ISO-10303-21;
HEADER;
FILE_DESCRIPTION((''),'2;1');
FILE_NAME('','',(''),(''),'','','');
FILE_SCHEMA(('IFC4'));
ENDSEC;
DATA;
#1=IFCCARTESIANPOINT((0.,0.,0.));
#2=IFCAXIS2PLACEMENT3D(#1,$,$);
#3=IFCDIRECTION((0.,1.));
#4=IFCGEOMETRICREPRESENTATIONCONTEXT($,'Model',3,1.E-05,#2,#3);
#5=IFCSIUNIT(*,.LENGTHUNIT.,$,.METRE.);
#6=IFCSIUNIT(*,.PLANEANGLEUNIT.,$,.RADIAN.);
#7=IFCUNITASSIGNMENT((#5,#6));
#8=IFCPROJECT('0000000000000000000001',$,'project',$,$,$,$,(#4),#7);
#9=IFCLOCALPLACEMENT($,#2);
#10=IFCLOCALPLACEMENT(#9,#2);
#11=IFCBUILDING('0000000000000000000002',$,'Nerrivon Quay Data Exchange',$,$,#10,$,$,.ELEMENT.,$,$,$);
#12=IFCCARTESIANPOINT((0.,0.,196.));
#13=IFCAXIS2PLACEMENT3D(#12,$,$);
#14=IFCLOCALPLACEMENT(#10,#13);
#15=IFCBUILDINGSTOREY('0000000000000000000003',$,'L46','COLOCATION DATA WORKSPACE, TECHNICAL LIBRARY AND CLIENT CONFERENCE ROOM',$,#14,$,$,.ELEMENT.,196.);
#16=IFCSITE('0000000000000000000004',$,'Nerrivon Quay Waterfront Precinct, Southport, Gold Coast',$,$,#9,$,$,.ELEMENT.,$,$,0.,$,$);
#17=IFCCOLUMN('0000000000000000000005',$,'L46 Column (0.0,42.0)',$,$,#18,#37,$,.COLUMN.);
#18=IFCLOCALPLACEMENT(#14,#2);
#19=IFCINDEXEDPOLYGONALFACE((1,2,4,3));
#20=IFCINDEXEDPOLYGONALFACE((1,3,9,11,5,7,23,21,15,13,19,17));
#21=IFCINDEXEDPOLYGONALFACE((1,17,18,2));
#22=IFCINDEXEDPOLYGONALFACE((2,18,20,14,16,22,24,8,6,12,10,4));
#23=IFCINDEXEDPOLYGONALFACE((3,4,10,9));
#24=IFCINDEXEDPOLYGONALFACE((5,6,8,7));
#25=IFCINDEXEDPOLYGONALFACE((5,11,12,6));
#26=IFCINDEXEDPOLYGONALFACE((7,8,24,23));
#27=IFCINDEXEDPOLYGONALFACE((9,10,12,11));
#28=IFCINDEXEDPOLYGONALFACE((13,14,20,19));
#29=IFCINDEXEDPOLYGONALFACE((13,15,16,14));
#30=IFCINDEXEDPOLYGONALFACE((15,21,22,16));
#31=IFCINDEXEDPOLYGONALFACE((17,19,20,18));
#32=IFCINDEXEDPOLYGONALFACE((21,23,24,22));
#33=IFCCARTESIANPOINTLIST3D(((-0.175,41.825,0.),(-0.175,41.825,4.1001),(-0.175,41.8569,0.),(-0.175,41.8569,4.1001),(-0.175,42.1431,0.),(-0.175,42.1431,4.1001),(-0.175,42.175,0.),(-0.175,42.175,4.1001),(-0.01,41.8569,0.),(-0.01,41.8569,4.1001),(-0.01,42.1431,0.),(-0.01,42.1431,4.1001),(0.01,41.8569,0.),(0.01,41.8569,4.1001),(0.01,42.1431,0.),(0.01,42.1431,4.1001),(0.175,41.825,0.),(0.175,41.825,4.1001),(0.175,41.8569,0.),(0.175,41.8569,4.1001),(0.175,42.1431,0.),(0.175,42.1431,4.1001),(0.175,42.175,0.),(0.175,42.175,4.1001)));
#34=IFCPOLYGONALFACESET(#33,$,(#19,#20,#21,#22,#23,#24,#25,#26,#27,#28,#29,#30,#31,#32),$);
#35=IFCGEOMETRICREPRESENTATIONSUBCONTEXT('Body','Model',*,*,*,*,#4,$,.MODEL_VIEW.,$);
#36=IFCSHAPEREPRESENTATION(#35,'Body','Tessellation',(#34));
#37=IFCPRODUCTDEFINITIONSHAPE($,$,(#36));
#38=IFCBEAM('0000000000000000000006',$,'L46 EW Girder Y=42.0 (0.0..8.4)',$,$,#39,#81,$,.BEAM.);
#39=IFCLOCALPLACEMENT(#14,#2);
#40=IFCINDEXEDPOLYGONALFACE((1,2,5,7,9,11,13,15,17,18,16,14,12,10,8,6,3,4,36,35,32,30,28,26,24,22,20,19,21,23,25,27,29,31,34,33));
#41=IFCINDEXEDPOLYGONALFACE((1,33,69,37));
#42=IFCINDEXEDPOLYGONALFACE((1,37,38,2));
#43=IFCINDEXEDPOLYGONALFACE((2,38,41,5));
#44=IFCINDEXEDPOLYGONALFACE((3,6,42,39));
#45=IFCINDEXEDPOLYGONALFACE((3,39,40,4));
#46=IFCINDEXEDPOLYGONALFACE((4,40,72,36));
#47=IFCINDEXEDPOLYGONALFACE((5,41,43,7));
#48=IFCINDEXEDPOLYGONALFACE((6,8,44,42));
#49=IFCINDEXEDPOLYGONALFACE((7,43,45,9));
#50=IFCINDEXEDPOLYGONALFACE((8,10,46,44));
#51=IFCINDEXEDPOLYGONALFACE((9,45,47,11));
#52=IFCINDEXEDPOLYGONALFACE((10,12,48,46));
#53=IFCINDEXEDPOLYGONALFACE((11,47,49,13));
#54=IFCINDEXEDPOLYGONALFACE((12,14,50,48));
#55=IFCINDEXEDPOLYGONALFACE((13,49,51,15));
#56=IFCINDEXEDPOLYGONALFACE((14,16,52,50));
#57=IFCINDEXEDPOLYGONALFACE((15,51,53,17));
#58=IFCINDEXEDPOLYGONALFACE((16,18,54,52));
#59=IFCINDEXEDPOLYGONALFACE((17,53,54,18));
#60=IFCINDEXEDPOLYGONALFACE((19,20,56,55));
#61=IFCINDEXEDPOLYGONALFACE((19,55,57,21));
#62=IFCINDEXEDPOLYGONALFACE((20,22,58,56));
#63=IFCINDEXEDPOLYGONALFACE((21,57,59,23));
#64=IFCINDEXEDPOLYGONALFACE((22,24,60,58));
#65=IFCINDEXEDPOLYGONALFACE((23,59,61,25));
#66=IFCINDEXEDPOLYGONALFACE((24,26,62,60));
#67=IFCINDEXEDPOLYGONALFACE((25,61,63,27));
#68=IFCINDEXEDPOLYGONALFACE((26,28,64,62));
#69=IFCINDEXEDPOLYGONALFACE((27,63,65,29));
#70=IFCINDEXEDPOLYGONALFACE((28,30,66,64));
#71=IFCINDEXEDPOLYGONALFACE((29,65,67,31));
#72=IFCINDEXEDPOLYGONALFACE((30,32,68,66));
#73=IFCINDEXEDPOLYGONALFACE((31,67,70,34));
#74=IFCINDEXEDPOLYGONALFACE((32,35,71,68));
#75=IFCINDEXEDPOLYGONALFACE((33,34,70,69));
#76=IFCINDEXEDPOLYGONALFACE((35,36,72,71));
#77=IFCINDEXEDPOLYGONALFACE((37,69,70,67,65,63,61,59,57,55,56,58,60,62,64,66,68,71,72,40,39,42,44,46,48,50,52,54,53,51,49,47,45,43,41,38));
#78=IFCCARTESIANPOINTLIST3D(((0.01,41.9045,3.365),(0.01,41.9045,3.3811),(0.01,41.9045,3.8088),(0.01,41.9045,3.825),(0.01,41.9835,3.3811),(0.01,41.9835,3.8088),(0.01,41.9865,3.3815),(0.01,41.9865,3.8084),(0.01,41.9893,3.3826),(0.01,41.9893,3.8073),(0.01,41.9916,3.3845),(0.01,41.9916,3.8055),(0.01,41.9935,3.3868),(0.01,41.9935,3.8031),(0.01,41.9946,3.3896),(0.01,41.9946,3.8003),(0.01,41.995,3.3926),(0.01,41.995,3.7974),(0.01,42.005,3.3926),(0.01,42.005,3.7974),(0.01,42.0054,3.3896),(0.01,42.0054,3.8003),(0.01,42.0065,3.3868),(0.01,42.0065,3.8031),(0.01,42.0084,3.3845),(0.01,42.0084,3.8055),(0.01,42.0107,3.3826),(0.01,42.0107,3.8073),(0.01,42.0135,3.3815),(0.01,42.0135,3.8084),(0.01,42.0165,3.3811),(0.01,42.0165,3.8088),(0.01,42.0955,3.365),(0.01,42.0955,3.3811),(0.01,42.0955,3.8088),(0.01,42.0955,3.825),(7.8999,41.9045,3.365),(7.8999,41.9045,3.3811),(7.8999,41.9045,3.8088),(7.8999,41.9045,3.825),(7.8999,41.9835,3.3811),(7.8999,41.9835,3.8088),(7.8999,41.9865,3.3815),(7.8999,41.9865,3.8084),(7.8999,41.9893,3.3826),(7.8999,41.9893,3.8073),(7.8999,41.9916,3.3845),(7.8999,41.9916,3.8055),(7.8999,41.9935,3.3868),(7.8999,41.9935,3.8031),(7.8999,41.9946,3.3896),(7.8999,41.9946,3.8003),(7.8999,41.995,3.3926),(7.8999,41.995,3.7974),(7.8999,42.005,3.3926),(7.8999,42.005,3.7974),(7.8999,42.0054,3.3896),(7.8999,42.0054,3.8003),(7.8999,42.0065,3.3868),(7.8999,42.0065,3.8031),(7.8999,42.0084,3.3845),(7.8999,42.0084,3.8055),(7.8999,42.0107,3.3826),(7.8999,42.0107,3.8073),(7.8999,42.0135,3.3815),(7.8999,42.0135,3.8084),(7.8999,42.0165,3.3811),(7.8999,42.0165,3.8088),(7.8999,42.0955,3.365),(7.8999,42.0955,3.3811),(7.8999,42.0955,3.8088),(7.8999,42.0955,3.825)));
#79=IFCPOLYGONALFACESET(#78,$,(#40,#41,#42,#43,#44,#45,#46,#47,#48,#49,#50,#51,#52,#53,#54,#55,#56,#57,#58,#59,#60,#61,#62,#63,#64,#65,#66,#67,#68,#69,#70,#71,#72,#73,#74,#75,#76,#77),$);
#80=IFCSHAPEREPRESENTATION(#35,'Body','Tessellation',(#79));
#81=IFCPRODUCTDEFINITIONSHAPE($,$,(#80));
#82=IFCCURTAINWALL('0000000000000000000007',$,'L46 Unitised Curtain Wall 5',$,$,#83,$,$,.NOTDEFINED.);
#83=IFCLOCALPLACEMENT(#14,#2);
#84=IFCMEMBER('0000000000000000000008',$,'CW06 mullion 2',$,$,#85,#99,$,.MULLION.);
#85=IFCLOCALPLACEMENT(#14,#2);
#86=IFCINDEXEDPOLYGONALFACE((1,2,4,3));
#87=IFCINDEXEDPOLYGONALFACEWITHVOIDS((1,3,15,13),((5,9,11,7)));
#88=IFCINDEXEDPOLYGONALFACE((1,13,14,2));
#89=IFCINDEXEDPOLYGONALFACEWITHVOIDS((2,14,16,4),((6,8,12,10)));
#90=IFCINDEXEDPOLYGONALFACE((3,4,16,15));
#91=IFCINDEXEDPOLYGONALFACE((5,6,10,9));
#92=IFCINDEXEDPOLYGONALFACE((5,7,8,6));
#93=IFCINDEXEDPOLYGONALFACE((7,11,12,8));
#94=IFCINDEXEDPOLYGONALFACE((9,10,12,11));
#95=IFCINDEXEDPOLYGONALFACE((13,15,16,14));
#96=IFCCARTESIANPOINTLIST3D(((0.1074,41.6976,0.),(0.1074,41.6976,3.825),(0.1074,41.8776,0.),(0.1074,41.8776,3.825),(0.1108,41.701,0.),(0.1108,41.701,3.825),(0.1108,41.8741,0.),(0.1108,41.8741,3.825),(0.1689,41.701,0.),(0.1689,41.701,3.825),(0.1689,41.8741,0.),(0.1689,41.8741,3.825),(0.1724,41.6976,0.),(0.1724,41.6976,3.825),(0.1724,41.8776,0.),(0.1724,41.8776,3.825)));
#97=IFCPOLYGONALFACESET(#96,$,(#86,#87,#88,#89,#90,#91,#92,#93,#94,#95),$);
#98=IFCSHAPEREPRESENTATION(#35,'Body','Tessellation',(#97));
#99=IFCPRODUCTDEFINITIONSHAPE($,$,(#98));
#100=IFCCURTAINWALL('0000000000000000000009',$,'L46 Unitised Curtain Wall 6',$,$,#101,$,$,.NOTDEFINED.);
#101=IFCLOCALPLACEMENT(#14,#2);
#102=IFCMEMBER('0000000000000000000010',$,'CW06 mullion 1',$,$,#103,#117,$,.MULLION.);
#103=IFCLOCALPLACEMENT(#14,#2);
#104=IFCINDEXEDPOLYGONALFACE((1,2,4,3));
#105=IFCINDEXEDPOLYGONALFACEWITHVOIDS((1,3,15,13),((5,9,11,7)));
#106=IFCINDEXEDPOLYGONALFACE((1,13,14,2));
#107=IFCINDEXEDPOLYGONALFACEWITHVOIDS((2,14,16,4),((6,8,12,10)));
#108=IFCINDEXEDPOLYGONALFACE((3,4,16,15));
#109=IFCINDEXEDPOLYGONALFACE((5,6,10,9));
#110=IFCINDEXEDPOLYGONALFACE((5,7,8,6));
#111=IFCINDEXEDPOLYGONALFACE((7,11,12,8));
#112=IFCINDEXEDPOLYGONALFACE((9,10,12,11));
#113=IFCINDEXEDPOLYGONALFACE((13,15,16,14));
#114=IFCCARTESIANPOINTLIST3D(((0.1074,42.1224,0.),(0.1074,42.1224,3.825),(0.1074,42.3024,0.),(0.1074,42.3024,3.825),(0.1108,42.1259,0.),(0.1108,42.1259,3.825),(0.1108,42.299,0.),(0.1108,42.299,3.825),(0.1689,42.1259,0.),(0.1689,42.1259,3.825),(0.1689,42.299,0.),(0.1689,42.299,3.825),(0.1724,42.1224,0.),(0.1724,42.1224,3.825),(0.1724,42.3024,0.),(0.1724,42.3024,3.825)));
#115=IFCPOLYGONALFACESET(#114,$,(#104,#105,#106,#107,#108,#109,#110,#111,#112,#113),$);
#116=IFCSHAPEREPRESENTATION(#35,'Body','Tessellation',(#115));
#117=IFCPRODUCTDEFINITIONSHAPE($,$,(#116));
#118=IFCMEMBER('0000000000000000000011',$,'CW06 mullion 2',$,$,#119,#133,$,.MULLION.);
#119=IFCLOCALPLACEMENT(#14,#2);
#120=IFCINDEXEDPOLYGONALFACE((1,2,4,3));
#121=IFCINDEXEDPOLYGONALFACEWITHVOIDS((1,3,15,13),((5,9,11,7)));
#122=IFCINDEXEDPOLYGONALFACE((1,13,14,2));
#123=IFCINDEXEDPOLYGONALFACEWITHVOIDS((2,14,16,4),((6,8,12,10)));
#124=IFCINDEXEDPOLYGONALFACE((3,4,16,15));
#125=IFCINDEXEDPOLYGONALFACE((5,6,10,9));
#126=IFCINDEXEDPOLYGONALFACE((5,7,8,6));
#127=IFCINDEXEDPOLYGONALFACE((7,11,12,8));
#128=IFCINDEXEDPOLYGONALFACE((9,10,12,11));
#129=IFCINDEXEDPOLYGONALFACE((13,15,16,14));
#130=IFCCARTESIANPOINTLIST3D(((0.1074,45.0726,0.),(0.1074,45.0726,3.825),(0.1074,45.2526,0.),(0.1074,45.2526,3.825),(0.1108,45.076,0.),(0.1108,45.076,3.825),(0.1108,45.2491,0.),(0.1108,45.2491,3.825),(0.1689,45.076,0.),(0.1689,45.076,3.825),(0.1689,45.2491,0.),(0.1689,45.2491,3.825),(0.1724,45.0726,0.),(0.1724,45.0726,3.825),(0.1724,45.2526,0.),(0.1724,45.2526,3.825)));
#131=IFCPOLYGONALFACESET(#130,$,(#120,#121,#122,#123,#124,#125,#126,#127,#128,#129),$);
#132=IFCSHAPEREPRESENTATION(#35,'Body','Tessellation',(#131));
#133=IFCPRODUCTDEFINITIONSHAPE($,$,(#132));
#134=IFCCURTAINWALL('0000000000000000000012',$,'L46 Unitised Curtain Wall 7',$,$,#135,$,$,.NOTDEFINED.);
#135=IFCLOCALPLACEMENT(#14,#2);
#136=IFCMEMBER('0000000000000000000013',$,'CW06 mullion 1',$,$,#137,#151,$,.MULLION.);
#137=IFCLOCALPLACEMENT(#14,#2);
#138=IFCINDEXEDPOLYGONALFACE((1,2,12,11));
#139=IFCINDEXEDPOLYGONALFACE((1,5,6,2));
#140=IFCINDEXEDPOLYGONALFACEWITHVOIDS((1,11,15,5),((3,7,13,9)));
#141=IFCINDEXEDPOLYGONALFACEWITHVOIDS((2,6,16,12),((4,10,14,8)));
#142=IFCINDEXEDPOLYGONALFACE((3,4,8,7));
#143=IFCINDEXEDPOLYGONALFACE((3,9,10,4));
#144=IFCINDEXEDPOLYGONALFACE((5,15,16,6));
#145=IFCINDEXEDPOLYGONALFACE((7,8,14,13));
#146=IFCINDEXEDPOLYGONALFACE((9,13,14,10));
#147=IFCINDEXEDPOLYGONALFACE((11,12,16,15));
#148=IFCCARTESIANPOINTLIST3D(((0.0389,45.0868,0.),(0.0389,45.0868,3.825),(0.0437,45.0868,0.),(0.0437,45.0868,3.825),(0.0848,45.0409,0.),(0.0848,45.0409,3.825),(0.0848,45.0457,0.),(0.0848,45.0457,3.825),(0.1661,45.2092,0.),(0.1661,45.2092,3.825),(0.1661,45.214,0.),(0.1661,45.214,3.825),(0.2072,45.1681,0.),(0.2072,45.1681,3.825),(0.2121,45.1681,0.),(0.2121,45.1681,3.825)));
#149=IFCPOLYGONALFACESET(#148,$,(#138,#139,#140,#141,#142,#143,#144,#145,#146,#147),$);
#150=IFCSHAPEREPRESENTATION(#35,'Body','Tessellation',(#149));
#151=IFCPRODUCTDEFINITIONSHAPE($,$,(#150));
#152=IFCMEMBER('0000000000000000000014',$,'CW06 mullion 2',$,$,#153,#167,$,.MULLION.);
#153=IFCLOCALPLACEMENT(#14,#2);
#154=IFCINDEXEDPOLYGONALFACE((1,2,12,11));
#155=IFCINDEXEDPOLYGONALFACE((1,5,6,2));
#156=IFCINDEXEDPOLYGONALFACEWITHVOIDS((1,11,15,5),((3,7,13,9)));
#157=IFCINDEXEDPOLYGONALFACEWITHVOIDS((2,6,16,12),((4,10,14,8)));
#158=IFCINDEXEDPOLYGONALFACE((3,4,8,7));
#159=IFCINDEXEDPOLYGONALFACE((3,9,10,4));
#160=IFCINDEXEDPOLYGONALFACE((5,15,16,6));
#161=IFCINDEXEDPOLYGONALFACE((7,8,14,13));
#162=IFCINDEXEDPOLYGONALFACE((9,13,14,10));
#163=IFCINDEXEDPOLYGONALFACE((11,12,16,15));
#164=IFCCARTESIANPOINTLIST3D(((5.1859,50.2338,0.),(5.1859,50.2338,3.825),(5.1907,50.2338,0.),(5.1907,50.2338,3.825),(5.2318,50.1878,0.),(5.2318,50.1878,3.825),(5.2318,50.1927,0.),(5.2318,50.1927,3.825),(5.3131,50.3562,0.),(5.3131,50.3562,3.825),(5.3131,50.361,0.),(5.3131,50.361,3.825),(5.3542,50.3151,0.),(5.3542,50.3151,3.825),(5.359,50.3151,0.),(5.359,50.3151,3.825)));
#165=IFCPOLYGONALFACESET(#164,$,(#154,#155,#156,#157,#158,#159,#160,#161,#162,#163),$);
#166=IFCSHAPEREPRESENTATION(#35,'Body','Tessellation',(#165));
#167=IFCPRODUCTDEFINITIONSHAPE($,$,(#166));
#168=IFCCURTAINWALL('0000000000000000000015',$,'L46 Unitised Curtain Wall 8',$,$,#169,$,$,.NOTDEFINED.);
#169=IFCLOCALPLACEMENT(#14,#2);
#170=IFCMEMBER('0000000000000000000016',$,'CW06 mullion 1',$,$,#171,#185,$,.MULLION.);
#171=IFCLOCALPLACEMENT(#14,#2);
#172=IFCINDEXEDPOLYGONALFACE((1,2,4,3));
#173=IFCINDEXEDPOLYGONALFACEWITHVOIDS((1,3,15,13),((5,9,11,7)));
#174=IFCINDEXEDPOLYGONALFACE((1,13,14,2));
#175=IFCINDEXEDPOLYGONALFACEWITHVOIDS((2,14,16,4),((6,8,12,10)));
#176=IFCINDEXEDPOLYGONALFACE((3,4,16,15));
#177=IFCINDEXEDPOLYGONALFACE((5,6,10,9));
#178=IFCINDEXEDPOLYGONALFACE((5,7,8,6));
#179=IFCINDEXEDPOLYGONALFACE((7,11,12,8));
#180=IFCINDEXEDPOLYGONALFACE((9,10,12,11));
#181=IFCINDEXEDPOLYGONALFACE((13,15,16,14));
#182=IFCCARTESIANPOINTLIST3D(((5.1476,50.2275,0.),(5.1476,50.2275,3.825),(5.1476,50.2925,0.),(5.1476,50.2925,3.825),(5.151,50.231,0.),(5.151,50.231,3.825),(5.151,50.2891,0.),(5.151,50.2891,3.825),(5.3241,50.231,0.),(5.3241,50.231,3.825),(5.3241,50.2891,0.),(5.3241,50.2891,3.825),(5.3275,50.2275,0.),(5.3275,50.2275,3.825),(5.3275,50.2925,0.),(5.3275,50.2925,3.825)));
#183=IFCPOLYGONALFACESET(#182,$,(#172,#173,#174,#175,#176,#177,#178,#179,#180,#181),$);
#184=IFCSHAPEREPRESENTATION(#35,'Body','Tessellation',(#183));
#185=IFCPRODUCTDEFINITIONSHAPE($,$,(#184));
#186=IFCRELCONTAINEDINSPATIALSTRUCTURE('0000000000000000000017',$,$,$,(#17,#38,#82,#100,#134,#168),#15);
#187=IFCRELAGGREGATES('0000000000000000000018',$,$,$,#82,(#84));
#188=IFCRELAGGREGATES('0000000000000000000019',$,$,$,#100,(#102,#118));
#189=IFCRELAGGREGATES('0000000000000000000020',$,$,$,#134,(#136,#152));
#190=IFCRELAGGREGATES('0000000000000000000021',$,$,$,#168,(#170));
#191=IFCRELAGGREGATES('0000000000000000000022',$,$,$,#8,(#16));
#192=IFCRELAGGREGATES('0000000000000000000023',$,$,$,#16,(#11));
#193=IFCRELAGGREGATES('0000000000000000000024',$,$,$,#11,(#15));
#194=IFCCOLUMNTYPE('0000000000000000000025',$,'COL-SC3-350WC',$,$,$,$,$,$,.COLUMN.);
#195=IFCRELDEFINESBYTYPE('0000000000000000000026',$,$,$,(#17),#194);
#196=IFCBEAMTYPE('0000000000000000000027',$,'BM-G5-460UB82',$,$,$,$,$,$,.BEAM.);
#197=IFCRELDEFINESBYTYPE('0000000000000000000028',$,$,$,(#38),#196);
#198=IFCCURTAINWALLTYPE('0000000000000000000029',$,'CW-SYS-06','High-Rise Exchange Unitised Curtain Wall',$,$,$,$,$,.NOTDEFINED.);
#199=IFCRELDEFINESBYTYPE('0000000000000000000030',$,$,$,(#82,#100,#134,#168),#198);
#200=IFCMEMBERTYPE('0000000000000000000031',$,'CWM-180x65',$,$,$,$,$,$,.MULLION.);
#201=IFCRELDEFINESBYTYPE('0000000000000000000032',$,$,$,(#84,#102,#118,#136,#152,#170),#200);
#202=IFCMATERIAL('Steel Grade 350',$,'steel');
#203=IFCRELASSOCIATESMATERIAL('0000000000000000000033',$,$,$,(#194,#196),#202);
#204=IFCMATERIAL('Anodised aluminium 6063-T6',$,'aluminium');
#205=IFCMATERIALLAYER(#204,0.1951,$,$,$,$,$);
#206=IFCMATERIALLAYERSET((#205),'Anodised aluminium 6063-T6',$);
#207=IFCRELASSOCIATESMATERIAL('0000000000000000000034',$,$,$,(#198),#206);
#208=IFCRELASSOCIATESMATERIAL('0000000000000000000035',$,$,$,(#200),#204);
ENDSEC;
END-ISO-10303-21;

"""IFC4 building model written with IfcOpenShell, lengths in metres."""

from ifc_helpers import new_model, si_unit, direction, frame, origin, origin_2d, place, context, subcontext, project, spatial, hollow_rectangle, i_section, extrude, material, layer, layer_set, material_profile, profile_set, type_object, element, aggregate, save


model = new_model("IFC4")

# Units and contexts
model_context = context("Model", 3, precision=1e-05, world=origin(), true_north=direction((0.0, 1.0)))
body_context = subcontext(model_context, "Body", "Model", "MODEL_VIEW")
ifc_project = project(units=[si_unit("LENGTHUNIT", "METRE"), si_unit("PLANEANGLEUNIT", "RADIAN")], contexts=[model_context])

# Site, building, storey
site_placement = place(None, origin())
site = spatial("IfcSite", under=ifc_project, at=site_placement, Name="Nerrivon Quay Waterfront Precinct, Southport, Gold Coast", CompositionType="ELEMENT", RefElevation=0.0)
building_placement = place(site_placement, origin())
building = spatial("IfcBuilding", under=site, at=building_placement, Name="Nerrivon Quay Data Exchange", CompositionType="ELEMENT")
storey_placement = place(building_placement, frame((0.0, 0.0, 196.0)))
storey = spatial("IfcBuildingStorey", under=building, at=storey_placement, Name="L46", Description="COLOCATION DATA WORKSPACE, TECHNICAL LIBRARY AND CLIENT CONFERENCE ROOM", CompositionType="ELEMENT", Elevation=196.0)

# Column
ifc_material_1 = material(Name="Steel Grade 350", Category="steel")
ifc_material_profile_1 = material_profile(ifc_material_1, i_section(OverallWidth=0.3501, OverallDepth=0.3501, WebThickness=0.02, FlangeThickness=0.032, at=origin_2d()), Name="350WC230")
ifc_profile_set_1 = profile_set([ifc_material_profile_1], Name="Steel Grade 350")
column_type = type_object("IfcColumnType", Name="COL-SC3-350WC", PredefinedType="COLUMN", material=ifc_profile_set_1)
column_placement = place(storey_placement, frame((0.0, 42.0, 0.0), z_axis=(0.0, 0.0, 1.0), x_axis=(1.0, 0.0, 0.0)))
element("IfcColumn", 1, at=column_placement, inside=storey, type_object=column_type, Name="L46 Column (0.0,42.0)", PredefinedType="COLUMN", context=body_context, shape_type="SweptSolid", body=[
    extrude(i_section(OverallWidth=0.3501, OverallDepth=0.3501, WebThickness=0.02, FlangeThickness=0.032, at=origin_2d()), origin(), (0.0, 0.0, 1.0), 4.1001),
])

# Beam
ifc_material_profile_2 = material_profile(ifc_material_1, i_section(OverallWidth=0.1909, OverallDepth=0.46, WebThickness=0.01, FlangeThickness=0.0161, FilletRadius=0.0115, at=origin_2d()), Name="460UB82.1")
ifc_profile_set_2 = profile_set([ifc_material_profile_2], Name="Steel Grade 350")
beam_type = type_object("IfcBeamType", Name="BM-G5-460UB82", PredefinedType="BEAM", material=ifc_profile_set_2)
beam_placement = place(storey_placement, frame((0.01, 42.0, 3.595), z_axis=(1.0, 0.0, 0.0), x_axis=(0.0, 1.0, 0.0)))
element("IfcBeam", 2, at=beam_placement, inside=storey, type_object=beam_type, Name="L46 EW Girder Y=42.0 (0.0..8.4)", PredefinedType="BEAM", context=body_context, shape_type="SweptSolid", body=[
    extrude(i_section(OverallWidth=0.1909, OverallDepth=0.46, WebThickness=0.01, FlangeThickness=0.0161, FilletRadius=0.0115, at=origin_2d()), origin(), (0.0, 0.0, 1.0), 7.8899),
])

# Curtain wall, member
ifc_material_2 = material(Name="Anodised aluminium 6063-T6", Category="aluminium")
ifc_layer_1 = layer(ifc_material_2, 0.1951)
ifc_layer_set_1 = layer_set([ifc_layer_1], Name="Anodised aluminium 6063-T6")
curtain_wall_type = type_object("IfcCurtainWallType", Name="CW-SYS-06", Description="High-Rise Exchange Unitised Curtain Wall", PredefinedType="NOTDEFINED", material=ifc_layer_set_1)
curtain_wall_1_placement = place(storey_placement, origin())
curtain_wall_1 = element("IfcCurtainWall", 3, at=curtain_wall_1_placement, inside=storey, type_object=curtain_wall_type, Name="L46 Unitised Curtain Wall 5", PredefinedType="NOTDEFINED")
ifc_material_profile_3 = material_profile(ifc_material_2, hollow_rectangle(XDim=0.0649, YDim=0.1799, WallThickness=0.0034, at=origin_2d()), Name="ALU-MULL-180x65")
ifc_profile_set_3 = profile_set([ifc_material_profile_3], Name="Anodised aluminium 6063-T6")
member_type_1 = type_object("IfcMemberType", Name="CWM-180x65", PredefinedType="MULLION", material=ifc_profile_set_3)
member_1_placement = place(storey_placement, frame((0.1399, 41.7876, 0.0), z_axis=(0.0, 0.0, 1.0), x_axis=(-1.0, 0.0, 0.0)))
member_1 = element("IfcMember", 4, at=member_1_placement, type_object=member_type_1, Name="CW06 mullion 2", PredefinedType="MULLION", context=body_context, shape_type="SweptSolid", body=[
    extrude(hollow_rectangle(XDim=0.0649, YDim=0.1799, WallThickness=0.0034, at=origin_2d()), origin(), (0.0, 0.0, 1.0), 3.825),
])

# Curtain walls, members
curtain_wall_2_placement = place(storey_placement, origin())
curtain_wall_2 = element("IfcCurtainWall", 5, at=curtain_wall_2_placement, inside=storey, type_object=curtain_wall_type, Name="L46 Unitised Curtain Wall 6", PredefinedType="NOTDEFINED")
member_2_placement = place(storey_placement, frame((0.1399, 42.2124, 0.0), z_axis=(0.0, 0.0, 1.0), x_axis=(-1.0, 0.0, 0.0)))
member_2 = element("IfcMember", 6, at=member_2_placement, type_object=member_type_1, Name="CW06 mullion 1", PredefinedType="MULLION", context=body_context, shape_type="SweptSolid", body=[
    extrude(hollow_rectangle(XDim=0.0649, YDim=0.1799, WallThickness=0.0034, at=origin_2d()), origin(), (0.0, 0.0, 1.0), 3.825),
])
member_3_placement = place(storey_placement, frame((0.1399, 45.1626, 0.0), z_axis=(0.0, 0.0, 1.0), x_axis=(-1.0, 0.0, 0.0)))
member_3 = element("IfcMember", 7, at=member_3_placement, type_object=member_type_1, Name="CW06 mullion 2", PredefinedType="MULLION", context=body_context, shape_type="SweptSolid", body=[
    extrude(hollow_rectangle(XDim=0.0649, YDim=0.1799, WallThickness=0.0034, at=origin_2d()), origin(), (0.0, 0.0, 1.0), 3.825),
])
curtain_wall_3_placement = place(storey_placement, origin())
curtain_wall_3 = element("IfcCurtainWall", 8, at=curtain_wall_3_placement, inside=storey, type_object=curtain_wall_type, Name="L46 Unitised Curtain Wall 7", PredefinedType="NOTDEFINED")
member_4_placement = place(storey_placement, frame((0.1255, 45.1274, 0.0), z_axis=(0.0, 0.0, 1.0), x_axis=(-0.707107, 0.707107, 0.0)))
member_4 = element("IfcMember", 9, at=member_4_placement, type_object=member_type_1, Name="CW06 mullion 1", PredefinedType="MULLION", context=body_context, shape_type="SweptSolid", body=[
    extrude(hollow_rectangle(XDim=0.0649, YDim=0.1799, WallThickness=0.0034, at=origin_2d()), origin(), (0.0, 0.0, 1.0), 3.825),
])
member_5_placement = place(storey_placement, frame((5.2725, 50.2744, 0.0), z_axis=(0.0, 0.0, 1.0), x_axis=(-0.707107, 0.707107, 0.0)))
member_5 = element("IfcMember", 10, at=member_5_placement, type_object=member_type_1, Name="CW06 mullion 2", PredefinedType="MULLION", context=body_context, shape_type="SweptSolid", body=[
    extrude(hollow_rectangle(XDim=0.0649, YDim=0.1799, WallThickness=0.0034, at=origin_2d()), origin(), (0.0, 0.0, 1.0), 3.825),
])

# Curtain wall, member
curtain_wall_4_placement = place(storey_placement, origin())
curtain_wall_4 = element("IfcCurtainWall", 11, at=curtain_wall_4_placement, inside=storey, type_object=curtain_wall_type, Name="L46 Unitised Curtain Wall 8", PredefinedType="NOTDEFINED")
member_6_placement = place(storey_placement, frame((5.2375, 50.26, 0.0), z_axis=(0.0, 0.0, 1.0), x_axis=(0.0, 1.0, 0.0)))
member_6 = element("IfcMember", 12, at=member_6_placement, type_object=member_type_1, Name="CW06 mullion 1", PredefinedType="MULLION", context=body_context, shape_type="SweptSolid", body=[
    extrude(hollow_rectangle(XDim=0.0649, YDim=0.1799, WallThickness=0.0034, at=origin_2d()), origin(), (0.0, 0.0, 1.0), 3.825),
])

aggregate(curtain_wall_1, [member_1])
aggregate(curtain_wall_2, [member_2, member_3])
aggregate(curtain_wall_3, [member_4, member_5])
aggregate(curtain_wall_4, [member_6])

save(model, "model.ifc")
